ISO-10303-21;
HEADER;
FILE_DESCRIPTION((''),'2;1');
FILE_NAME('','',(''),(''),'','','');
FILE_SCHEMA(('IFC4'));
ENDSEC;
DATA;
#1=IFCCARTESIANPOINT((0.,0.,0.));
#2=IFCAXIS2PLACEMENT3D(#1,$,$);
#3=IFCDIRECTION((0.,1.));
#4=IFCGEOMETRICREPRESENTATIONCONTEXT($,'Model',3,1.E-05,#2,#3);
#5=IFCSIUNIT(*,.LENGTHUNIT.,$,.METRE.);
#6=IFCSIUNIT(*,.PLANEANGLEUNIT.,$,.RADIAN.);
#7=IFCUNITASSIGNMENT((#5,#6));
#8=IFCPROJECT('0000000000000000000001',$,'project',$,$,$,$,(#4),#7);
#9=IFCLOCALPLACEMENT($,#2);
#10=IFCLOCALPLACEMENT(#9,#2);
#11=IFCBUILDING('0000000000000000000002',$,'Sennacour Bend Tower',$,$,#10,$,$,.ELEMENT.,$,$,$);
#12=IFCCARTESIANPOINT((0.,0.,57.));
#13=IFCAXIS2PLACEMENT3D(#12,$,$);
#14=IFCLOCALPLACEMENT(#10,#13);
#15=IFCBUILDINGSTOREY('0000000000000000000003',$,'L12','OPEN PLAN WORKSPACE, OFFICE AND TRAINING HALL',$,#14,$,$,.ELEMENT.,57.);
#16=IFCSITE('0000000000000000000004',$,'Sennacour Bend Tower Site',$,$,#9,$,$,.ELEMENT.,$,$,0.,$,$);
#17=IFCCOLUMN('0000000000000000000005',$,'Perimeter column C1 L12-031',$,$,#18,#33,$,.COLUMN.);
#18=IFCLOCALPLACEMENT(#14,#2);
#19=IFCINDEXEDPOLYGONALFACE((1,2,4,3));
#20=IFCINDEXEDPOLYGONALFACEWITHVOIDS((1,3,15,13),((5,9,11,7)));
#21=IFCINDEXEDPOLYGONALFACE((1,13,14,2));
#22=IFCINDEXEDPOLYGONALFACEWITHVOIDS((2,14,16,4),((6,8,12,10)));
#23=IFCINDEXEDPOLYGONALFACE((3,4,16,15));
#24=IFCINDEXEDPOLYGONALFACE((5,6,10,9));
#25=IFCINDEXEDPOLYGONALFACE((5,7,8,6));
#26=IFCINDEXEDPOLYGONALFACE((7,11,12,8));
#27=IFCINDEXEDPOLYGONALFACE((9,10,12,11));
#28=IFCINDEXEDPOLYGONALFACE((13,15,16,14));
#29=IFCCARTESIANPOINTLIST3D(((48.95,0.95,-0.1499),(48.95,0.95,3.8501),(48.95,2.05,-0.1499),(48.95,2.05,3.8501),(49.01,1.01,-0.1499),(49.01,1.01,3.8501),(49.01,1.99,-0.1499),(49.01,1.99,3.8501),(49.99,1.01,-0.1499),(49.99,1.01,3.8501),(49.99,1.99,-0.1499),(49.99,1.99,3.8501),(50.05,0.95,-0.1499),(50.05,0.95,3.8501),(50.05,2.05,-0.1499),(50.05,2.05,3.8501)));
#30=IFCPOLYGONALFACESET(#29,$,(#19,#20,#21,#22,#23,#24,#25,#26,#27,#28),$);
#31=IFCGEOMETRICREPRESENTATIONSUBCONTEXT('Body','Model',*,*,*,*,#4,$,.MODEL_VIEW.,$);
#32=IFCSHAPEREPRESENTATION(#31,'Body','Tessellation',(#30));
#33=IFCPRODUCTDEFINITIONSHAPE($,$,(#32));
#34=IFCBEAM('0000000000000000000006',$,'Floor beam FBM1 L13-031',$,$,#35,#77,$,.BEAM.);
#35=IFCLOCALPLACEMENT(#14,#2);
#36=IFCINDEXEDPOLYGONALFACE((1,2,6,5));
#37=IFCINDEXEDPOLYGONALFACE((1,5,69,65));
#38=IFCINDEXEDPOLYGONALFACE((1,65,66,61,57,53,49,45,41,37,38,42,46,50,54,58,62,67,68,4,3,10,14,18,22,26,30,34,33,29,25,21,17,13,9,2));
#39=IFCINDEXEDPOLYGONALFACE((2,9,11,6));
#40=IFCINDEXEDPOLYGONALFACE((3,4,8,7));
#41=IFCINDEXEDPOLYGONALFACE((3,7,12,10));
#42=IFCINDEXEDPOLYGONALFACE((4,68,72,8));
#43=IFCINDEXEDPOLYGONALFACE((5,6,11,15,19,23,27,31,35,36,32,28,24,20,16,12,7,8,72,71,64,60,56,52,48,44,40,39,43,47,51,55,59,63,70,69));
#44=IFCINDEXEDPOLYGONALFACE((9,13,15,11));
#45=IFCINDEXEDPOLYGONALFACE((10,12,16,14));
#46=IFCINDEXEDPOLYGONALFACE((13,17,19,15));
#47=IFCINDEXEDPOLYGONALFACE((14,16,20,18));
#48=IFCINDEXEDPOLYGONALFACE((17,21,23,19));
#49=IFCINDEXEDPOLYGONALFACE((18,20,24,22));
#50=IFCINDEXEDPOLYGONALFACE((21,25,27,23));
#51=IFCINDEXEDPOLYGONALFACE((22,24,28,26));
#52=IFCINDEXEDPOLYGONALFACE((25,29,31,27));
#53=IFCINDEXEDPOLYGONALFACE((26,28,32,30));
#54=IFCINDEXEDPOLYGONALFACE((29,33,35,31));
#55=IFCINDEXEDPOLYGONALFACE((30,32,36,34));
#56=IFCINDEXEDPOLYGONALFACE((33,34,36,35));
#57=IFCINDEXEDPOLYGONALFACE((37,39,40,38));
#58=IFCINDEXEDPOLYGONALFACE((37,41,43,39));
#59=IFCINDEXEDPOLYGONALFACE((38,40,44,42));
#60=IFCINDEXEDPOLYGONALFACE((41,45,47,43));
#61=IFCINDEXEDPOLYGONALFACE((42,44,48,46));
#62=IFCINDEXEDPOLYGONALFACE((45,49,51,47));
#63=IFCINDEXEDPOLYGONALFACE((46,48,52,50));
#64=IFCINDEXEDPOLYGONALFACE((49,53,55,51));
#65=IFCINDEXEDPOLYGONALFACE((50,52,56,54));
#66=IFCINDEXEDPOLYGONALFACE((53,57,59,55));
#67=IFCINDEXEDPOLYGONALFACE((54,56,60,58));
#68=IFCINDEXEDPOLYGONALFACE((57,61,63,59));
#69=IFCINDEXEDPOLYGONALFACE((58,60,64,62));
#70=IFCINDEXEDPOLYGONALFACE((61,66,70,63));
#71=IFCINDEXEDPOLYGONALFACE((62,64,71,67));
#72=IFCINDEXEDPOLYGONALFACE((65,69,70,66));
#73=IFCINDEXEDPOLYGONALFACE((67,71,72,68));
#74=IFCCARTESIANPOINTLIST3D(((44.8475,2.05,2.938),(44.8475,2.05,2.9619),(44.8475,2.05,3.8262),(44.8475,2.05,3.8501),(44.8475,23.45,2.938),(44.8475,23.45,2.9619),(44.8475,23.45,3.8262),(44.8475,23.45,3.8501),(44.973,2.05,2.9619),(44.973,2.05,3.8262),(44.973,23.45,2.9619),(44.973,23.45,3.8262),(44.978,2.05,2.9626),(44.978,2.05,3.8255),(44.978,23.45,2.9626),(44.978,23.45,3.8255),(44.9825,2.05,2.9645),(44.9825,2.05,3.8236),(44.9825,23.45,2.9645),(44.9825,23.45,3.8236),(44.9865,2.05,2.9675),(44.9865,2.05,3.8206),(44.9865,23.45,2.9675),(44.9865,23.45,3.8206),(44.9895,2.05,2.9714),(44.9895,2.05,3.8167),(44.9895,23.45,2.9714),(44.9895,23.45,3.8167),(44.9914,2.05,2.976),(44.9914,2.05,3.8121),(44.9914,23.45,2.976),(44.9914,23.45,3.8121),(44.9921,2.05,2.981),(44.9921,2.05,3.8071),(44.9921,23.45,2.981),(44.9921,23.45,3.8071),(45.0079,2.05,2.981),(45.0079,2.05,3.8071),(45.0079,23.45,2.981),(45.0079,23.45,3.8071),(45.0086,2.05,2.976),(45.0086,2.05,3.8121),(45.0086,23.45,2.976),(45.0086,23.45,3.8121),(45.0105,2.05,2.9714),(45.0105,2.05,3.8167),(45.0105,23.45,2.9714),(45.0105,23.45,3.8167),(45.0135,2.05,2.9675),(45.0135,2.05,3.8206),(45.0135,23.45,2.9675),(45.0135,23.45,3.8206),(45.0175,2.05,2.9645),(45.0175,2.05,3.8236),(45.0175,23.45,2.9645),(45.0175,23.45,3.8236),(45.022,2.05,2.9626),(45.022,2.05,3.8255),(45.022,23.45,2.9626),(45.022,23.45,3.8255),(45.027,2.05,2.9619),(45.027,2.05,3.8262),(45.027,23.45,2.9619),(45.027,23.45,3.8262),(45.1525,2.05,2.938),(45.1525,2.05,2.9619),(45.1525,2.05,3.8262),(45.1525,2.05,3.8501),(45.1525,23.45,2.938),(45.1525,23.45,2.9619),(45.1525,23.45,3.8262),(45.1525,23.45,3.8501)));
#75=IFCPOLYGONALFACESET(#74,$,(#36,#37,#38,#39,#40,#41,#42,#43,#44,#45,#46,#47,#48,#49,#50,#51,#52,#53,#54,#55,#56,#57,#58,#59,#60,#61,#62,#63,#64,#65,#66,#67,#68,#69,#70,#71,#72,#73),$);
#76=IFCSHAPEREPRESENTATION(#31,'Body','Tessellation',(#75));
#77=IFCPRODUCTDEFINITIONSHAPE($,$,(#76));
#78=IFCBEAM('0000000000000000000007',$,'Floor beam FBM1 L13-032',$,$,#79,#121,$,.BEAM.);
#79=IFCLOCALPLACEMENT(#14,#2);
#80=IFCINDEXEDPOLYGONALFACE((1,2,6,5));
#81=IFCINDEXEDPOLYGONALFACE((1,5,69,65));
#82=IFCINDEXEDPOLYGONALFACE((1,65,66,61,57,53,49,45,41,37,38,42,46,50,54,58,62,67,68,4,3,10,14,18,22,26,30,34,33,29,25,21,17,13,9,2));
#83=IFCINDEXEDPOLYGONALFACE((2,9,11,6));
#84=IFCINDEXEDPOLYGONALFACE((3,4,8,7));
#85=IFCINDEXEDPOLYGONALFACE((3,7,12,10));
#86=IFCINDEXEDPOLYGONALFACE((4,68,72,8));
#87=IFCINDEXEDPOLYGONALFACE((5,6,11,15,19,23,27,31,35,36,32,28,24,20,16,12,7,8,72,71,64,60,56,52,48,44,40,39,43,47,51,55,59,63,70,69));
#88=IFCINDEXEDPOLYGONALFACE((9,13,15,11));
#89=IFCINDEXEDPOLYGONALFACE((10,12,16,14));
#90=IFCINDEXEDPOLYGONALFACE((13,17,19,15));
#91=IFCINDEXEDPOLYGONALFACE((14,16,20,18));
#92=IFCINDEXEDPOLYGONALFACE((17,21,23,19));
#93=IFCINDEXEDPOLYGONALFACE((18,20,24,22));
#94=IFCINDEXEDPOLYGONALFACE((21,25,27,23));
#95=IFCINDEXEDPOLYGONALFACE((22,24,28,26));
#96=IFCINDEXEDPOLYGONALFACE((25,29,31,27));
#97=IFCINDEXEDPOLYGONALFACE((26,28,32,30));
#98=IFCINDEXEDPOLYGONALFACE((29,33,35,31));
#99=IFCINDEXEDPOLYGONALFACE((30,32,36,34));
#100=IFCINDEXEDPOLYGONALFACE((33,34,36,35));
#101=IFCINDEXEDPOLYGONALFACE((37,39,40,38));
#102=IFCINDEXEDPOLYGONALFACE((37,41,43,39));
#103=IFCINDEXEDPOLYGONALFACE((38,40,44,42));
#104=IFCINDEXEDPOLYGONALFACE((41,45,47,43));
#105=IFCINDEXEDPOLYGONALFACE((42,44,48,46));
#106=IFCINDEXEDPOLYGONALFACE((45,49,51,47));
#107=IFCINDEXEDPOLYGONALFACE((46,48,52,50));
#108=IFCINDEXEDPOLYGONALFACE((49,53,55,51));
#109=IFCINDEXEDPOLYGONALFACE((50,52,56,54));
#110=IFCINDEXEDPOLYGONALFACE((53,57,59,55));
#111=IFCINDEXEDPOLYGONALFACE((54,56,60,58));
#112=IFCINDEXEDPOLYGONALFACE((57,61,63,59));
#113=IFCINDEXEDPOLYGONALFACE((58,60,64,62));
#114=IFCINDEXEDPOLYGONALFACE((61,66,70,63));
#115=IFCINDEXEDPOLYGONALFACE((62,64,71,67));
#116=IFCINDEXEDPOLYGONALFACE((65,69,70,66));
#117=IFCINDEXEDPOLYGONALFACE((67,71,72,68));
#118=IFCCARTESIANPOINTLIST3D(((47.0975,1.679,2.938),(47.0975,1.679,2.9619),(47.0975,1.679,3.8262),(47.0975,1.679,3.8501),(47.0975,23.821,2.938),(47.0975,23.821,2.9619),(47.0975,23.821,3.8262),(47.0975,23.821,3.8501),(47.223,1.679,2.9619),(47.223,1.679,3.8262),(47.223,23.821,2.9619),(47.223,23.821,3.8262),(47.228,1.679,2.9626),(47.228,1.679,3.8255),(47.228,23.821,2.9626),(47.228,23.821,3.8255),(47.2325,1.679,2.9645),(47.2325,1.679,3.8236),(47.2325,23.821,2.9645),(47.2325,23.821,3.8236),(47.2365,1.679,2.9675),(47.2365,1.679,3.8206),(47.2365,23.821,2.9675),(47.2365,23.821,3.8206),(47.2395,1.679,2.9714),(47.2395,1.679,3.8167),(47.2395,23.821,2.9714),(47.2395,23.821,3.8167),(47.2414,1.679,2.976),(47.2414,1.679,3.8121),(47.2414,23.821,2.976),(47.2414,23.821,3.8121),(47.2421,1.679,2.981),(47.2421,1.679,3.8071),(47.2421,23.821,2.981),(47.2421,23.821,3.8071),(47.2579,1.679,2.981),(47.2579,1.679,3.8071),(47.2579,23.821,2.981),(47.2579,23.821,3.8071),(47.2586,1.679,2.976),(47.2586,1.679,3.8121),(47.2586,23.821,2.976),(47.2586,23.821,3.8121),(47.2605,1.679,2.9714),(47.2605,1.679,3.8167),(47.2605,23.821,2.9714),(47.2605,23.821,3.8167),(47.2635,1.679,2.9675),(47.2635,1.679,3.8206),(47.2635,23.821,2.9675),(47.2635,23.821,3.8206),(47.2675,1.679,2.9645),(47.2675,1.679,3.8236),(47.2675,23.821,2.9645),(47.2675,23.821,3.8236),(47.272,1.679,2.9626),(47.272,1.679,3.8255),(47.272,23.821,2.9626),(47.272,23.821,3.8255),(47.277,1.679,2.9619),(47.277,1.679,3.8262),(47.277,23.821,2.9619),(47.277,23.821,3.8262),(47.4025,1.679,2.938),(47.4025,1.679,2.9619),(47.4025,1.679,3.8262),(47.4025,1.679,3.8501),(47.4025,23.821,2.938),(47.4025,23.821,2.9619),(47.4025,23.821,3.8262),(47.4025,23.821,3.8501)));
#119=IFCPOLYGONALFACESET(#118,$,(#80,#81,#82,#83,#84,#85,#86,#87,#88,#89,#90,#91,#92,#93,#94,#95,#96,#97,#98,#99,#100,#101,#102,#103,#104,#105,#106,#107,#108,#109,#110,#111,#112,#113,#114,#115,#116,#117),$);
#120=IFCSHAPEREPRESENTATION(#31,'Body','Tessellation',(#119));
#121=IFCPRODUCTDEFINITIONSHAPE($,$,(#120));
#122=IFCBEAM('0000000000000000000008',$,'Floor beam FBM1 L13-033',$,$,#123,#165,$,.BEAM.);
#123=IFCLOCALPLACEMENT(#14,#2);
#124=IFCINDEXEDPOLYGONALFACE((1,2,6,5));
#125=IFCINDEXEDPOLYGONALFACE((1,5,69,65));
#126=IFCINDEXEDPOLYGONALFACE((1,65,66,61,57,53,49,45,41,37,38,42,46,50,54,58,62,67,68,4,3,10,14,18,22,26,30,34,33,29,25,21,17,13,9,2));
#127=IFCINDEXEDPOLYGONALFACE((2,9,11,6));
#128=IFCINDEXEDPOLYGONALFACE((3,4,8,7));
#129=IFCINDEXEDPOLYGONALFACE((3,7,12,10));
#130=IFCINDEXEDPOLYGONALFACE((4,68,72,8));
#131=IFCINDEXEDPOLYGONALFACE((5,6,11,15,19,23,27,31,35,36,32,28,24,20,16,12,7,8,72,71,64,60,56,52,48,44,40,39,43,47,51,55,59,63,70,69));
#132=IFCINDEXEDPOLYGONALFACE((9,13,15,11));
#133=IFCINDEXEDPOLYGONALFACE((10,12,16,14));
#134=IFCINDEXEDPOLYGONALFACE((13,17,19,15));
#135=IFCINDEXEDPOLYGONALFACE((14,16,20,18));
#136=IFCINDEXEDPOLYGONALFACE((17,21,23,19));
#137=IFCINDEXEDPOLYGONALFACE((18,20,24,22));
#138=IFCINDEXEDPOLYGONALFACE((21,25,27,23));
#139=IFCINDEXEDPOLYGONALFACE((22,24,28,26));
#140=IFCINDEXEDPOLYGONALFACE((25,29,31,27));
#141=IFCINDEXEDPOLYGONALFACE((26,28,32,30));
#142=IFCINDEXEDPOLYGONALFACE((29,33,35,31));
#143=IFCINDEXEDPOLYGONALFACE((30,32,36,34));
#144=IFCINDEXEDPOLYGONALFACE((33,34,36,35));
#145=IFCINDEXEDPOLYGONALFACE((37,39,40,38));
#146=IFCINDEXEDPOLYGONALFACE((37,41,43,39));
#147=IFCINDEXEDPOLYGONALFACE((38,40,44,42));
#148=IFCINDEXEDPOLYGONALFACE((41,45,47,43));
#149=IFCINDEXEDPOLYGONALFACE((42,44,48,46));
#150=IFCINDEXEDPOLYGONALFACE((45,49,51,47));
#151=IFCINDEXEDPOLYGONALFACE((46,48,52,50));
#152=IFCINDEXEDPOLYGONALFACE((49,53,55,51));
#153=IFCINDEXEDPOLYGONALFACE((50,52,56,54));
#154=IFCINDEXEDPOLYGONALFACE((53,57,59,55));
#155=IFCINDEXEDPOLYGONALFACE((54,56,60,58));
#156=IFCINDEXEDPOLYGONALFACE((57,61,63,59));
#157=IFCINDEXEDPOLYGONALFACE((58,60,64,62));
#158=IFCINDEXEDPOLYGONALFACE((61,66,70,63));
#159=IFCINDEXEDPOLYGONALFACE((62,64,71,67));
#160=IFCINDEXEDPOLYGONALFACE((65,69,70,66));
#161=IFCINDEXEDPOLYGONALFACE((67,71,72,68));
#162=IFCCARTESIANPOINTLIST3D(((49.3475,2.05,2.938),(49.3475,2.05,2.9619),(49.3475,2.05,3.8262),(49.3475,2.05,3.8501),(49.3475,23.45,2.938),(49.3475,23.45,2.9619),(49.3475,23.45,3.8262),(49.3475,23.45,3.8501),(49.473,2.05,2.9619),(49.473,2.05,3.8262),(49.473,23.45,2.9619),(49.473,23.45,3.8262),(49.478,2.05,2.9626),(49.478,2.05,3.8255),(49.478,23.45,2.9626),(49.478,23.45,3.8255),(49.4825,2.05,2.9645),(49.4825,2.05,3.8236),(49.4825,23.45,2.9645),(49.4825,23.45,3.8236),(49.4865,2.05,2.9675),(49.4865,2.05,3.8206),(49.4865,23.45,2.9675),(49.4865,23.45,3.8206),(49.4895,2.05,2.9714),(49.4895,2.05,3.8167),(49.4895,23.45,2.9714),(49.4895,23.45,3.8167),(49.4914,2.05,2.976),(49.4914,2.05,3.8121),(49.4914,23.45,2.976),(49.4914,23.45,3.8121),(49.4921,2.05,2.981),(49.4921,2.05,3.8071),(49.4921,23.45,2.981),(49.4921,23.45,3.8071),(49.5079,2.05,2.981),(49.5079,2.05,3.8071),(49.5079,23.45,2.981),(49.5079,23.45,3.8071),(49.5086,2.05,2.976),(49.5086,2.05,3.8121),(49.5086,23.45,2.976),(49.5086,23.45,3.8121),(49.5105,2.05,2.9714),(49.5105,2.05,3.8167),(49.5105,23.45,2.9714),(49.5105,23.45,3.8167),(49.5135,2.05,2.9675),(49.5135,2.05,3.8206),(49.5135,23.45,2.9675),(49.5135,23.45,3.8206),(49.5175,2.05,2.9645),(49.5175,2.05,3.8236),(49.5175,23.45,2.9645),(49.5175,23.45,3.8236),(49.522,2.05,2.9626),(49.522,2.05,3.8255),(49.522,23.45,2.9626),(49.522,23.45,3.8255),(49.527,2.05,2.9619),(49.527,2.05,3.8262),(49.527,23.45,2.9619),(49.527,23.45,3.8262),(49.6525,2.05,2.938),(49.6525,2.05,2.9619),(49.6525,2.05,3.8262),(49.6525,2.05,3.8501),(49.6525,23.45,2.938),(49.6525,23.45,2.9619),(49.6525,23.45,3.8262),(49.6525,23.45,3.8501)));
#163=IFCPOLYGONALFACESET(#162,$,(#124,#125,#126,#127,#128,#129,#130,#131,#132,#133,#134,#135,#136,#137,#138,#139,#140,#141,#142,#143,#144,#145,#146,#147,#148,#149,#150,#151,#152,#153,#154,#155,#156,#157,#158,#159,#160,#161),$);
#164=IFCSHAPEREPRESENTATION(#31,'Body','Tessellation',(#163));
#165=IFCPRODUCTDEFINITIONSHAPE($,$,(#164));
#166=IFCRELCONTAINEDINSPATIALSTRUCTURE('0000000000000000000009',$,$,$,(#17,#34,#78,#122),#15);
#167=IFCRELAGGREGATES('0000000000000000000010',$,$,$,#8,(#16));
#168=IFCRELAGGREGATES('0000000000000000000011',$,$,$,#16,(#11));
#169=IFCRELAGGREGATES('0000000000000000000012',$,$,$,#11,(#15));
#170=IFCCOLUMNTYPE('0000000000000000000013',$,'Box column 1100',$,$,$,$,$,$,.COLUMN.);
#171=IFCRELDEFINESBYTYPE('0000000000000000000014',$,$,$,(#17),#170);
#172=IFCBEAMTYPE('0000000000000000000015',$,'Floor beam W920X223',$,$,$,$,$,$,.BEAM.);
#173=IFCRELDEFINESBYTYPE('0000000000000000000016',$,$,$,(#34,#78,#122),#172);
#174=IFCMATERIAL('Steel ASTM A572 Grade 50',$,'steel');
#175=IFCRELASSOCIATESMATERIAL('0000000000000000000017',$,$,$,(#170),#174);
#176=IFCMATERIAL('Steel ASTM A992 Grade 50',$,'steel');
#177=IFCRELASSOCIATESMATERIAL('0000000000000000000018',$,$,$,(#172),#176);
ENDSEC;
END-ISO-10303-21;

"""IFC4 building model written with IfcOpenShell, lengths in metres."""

from ifc_helpers import new_model, si_unit, direction, frame, origin, origin_2d, place, context, subcontext, project, spatial, hollow_rectangle, i_section, extrude, material, material_profile, profile_set, type_object, element, save


model = new_model("IFC4")

# Units and contexts
model_context = context("Model", 3, precision=1e-05, world=origin(), true_north=direction((0.0, 1.0)))
body_context = subcontext(model_context, "Body", "Model", "MODEL_VIEW")
ifc_project = project(units=[si_unit("LENGTHUNIT", "METRE"), si_unit("PLANEANGLEUNIT", "RADIAN")], contexts=[model_context])

# Site, building, storey
site_placement = place(None, origin())
site = spatial("IfcSite", under=ifc_project, at=site_placement, Name="Sennacour Bend Tower Site", CompositionType="ELEMENT", RefElevation=0.0)
building_placement = place(site_placement, origin())
building = spatial("IfcBuilding", under=site, at=building_placement, Name="Sennacour Bend Tower", CompositionType="ELEMENT")
storey_placement = place(building_placement, frame((0.0, 0.0, 57.0)))
storey = spatial("IfcBuildingStorey", under=building, at=storey_placement, Name="L12", Description="OPEN PLAN WORKSPACE, OFFICE AND TRAINING HALL", CompositionType="ELEMENT", Elevation=57.0)

# Column
ifc_material_1 = material(Name="Steel ASTM A572 Grade 50", Category="steel")
ifc_material_profile_1 = material_profile(ifc_material_1, hollow_rectangle(XDim=1.1001, YDim=1.1001, WallThickness=0.0601, at=origin_2d()), Name="Steel ASTM A572 Grade 50", Category="steel")
ifc_profile_set_1 = profile_set([ifc_material_profile_1], Name="Steel ASTM A572 Grade 50")
column_type = type_object("IfcColumnType", Name="Box column 1100", PredefinedType="COLUMN", material=ifc_profile_set_1)
column_placement = place(storey_placement, frame((49.5, 1.5, -0.1499), z_axis=(0.0, 0.0, 1.0), x_axis=(1.0, 0.0, 0.0)))
element("IfcColumn", 1, at=column_placement, inside=storey, type_object=column_type, Name="Perimeter column C1 L12-031", PredefinedType="COLUMN", context=body_context, shape_type="SweptSolid", body=[
    extrude(hollow_rectangle(XDim=1.1001, YDim=1.1001, WallThickness=0.0601, at=origin_2d()), origin(), (0.0, 0.0, 1.0), 4.0),
])

# Beams
ifc_material_2 = material(Name="Steel ASTM A992 Grade 50", Category="steel")
ifc_material_profile_2 = material_profile(ifc_material_2, i_section(OverallWidth=0.3049, OverallDepth=0.9121, WebThickness=0.0159, FlangeThickness=0.0239, FilletRadius=0.019, at=origin_2d()), Name="Steel ASTM A992 Grade 50", Category="steel")
ifc_profile_set_2 = profile_set([ifc_material_profile_2], Name="Steel ASTM A992 Grade 50")
beam_type_1 = type_object("IfcBeamType", Name="Floor beam W920X223", PredefinedType="BEAM", material=ifc_profile_set_2)
beam_1_placement = place(storey_placement, frame((45.0, 2.05, 3.394), z_axis=(0.0, 1.0, 0.0), x_axis=(-1.0, 0.0, 0.0)))
element("IfcBeam", 2, at=beam_1_placement, inside=storey, type_object=beam_type_1, Name="Floor beam FBM1 L13-031", PredefinedType="BEAM", context=body_context, shape_type="SweptSolid", body=[
    extrude(i_section(OverallWidth=0.3049, OverallDepth=0.9121, WebThickness=0.0159, FlangeThickness=0.0239, FilletRadius=0.019, at=origin_2d()), origin(), (0.0, 0.0, 1.0), 21.3999),
])
beam_2_placement = place(storey_placement, frame((47.25, 1.679, 3.394), z_axis=(0.0, 1.0, 0.0), x_axis=(-1.0, 0.0, 0.0)))
element("IfcBeam", 3, at=beam_2_placement, inside=storey, type_object=beam_type_1, Name="Floor beam FBM1 L13-032", PredefinedType="BEAM", context=body_context, shape_type="SweptSolid", body=[
    extrude(i_section(OverallWidth=0.3049, OverallDepth=0.9121, WebThickness=0.0159, FlangeThickness=0.0239, FilletRadius=0.019, at=origin_2d()), origin(), (0.0, 0.0, 1.0), 22.1421),
])
beam_3_placement = place(storey_placement, frame((49.5, 2.05, 3.394), z_axis=(0.0, 1.0, 0.0), x_axis=(-1.0, 0.0, 0.0)))
element("IfcBeam", 4, at=beam_3_placement, inside=storey, type_object=beam_type_1, Name="Floor beam FBM1 L13-033", PredefinedType="BEAM", context=body_context, shape_type="SweptSolid", body=[
    extrude(i_section(OverallWidth=0.3049, OverallDepth=0.9121, WebThickness=0.0159, FlangeThickness=0.0239, FilletRadius=0.019, at=origin_2d()), origin(), (0.0, 0.0, 1.0), 21.3999),
])

save(model, "model.ifc")
